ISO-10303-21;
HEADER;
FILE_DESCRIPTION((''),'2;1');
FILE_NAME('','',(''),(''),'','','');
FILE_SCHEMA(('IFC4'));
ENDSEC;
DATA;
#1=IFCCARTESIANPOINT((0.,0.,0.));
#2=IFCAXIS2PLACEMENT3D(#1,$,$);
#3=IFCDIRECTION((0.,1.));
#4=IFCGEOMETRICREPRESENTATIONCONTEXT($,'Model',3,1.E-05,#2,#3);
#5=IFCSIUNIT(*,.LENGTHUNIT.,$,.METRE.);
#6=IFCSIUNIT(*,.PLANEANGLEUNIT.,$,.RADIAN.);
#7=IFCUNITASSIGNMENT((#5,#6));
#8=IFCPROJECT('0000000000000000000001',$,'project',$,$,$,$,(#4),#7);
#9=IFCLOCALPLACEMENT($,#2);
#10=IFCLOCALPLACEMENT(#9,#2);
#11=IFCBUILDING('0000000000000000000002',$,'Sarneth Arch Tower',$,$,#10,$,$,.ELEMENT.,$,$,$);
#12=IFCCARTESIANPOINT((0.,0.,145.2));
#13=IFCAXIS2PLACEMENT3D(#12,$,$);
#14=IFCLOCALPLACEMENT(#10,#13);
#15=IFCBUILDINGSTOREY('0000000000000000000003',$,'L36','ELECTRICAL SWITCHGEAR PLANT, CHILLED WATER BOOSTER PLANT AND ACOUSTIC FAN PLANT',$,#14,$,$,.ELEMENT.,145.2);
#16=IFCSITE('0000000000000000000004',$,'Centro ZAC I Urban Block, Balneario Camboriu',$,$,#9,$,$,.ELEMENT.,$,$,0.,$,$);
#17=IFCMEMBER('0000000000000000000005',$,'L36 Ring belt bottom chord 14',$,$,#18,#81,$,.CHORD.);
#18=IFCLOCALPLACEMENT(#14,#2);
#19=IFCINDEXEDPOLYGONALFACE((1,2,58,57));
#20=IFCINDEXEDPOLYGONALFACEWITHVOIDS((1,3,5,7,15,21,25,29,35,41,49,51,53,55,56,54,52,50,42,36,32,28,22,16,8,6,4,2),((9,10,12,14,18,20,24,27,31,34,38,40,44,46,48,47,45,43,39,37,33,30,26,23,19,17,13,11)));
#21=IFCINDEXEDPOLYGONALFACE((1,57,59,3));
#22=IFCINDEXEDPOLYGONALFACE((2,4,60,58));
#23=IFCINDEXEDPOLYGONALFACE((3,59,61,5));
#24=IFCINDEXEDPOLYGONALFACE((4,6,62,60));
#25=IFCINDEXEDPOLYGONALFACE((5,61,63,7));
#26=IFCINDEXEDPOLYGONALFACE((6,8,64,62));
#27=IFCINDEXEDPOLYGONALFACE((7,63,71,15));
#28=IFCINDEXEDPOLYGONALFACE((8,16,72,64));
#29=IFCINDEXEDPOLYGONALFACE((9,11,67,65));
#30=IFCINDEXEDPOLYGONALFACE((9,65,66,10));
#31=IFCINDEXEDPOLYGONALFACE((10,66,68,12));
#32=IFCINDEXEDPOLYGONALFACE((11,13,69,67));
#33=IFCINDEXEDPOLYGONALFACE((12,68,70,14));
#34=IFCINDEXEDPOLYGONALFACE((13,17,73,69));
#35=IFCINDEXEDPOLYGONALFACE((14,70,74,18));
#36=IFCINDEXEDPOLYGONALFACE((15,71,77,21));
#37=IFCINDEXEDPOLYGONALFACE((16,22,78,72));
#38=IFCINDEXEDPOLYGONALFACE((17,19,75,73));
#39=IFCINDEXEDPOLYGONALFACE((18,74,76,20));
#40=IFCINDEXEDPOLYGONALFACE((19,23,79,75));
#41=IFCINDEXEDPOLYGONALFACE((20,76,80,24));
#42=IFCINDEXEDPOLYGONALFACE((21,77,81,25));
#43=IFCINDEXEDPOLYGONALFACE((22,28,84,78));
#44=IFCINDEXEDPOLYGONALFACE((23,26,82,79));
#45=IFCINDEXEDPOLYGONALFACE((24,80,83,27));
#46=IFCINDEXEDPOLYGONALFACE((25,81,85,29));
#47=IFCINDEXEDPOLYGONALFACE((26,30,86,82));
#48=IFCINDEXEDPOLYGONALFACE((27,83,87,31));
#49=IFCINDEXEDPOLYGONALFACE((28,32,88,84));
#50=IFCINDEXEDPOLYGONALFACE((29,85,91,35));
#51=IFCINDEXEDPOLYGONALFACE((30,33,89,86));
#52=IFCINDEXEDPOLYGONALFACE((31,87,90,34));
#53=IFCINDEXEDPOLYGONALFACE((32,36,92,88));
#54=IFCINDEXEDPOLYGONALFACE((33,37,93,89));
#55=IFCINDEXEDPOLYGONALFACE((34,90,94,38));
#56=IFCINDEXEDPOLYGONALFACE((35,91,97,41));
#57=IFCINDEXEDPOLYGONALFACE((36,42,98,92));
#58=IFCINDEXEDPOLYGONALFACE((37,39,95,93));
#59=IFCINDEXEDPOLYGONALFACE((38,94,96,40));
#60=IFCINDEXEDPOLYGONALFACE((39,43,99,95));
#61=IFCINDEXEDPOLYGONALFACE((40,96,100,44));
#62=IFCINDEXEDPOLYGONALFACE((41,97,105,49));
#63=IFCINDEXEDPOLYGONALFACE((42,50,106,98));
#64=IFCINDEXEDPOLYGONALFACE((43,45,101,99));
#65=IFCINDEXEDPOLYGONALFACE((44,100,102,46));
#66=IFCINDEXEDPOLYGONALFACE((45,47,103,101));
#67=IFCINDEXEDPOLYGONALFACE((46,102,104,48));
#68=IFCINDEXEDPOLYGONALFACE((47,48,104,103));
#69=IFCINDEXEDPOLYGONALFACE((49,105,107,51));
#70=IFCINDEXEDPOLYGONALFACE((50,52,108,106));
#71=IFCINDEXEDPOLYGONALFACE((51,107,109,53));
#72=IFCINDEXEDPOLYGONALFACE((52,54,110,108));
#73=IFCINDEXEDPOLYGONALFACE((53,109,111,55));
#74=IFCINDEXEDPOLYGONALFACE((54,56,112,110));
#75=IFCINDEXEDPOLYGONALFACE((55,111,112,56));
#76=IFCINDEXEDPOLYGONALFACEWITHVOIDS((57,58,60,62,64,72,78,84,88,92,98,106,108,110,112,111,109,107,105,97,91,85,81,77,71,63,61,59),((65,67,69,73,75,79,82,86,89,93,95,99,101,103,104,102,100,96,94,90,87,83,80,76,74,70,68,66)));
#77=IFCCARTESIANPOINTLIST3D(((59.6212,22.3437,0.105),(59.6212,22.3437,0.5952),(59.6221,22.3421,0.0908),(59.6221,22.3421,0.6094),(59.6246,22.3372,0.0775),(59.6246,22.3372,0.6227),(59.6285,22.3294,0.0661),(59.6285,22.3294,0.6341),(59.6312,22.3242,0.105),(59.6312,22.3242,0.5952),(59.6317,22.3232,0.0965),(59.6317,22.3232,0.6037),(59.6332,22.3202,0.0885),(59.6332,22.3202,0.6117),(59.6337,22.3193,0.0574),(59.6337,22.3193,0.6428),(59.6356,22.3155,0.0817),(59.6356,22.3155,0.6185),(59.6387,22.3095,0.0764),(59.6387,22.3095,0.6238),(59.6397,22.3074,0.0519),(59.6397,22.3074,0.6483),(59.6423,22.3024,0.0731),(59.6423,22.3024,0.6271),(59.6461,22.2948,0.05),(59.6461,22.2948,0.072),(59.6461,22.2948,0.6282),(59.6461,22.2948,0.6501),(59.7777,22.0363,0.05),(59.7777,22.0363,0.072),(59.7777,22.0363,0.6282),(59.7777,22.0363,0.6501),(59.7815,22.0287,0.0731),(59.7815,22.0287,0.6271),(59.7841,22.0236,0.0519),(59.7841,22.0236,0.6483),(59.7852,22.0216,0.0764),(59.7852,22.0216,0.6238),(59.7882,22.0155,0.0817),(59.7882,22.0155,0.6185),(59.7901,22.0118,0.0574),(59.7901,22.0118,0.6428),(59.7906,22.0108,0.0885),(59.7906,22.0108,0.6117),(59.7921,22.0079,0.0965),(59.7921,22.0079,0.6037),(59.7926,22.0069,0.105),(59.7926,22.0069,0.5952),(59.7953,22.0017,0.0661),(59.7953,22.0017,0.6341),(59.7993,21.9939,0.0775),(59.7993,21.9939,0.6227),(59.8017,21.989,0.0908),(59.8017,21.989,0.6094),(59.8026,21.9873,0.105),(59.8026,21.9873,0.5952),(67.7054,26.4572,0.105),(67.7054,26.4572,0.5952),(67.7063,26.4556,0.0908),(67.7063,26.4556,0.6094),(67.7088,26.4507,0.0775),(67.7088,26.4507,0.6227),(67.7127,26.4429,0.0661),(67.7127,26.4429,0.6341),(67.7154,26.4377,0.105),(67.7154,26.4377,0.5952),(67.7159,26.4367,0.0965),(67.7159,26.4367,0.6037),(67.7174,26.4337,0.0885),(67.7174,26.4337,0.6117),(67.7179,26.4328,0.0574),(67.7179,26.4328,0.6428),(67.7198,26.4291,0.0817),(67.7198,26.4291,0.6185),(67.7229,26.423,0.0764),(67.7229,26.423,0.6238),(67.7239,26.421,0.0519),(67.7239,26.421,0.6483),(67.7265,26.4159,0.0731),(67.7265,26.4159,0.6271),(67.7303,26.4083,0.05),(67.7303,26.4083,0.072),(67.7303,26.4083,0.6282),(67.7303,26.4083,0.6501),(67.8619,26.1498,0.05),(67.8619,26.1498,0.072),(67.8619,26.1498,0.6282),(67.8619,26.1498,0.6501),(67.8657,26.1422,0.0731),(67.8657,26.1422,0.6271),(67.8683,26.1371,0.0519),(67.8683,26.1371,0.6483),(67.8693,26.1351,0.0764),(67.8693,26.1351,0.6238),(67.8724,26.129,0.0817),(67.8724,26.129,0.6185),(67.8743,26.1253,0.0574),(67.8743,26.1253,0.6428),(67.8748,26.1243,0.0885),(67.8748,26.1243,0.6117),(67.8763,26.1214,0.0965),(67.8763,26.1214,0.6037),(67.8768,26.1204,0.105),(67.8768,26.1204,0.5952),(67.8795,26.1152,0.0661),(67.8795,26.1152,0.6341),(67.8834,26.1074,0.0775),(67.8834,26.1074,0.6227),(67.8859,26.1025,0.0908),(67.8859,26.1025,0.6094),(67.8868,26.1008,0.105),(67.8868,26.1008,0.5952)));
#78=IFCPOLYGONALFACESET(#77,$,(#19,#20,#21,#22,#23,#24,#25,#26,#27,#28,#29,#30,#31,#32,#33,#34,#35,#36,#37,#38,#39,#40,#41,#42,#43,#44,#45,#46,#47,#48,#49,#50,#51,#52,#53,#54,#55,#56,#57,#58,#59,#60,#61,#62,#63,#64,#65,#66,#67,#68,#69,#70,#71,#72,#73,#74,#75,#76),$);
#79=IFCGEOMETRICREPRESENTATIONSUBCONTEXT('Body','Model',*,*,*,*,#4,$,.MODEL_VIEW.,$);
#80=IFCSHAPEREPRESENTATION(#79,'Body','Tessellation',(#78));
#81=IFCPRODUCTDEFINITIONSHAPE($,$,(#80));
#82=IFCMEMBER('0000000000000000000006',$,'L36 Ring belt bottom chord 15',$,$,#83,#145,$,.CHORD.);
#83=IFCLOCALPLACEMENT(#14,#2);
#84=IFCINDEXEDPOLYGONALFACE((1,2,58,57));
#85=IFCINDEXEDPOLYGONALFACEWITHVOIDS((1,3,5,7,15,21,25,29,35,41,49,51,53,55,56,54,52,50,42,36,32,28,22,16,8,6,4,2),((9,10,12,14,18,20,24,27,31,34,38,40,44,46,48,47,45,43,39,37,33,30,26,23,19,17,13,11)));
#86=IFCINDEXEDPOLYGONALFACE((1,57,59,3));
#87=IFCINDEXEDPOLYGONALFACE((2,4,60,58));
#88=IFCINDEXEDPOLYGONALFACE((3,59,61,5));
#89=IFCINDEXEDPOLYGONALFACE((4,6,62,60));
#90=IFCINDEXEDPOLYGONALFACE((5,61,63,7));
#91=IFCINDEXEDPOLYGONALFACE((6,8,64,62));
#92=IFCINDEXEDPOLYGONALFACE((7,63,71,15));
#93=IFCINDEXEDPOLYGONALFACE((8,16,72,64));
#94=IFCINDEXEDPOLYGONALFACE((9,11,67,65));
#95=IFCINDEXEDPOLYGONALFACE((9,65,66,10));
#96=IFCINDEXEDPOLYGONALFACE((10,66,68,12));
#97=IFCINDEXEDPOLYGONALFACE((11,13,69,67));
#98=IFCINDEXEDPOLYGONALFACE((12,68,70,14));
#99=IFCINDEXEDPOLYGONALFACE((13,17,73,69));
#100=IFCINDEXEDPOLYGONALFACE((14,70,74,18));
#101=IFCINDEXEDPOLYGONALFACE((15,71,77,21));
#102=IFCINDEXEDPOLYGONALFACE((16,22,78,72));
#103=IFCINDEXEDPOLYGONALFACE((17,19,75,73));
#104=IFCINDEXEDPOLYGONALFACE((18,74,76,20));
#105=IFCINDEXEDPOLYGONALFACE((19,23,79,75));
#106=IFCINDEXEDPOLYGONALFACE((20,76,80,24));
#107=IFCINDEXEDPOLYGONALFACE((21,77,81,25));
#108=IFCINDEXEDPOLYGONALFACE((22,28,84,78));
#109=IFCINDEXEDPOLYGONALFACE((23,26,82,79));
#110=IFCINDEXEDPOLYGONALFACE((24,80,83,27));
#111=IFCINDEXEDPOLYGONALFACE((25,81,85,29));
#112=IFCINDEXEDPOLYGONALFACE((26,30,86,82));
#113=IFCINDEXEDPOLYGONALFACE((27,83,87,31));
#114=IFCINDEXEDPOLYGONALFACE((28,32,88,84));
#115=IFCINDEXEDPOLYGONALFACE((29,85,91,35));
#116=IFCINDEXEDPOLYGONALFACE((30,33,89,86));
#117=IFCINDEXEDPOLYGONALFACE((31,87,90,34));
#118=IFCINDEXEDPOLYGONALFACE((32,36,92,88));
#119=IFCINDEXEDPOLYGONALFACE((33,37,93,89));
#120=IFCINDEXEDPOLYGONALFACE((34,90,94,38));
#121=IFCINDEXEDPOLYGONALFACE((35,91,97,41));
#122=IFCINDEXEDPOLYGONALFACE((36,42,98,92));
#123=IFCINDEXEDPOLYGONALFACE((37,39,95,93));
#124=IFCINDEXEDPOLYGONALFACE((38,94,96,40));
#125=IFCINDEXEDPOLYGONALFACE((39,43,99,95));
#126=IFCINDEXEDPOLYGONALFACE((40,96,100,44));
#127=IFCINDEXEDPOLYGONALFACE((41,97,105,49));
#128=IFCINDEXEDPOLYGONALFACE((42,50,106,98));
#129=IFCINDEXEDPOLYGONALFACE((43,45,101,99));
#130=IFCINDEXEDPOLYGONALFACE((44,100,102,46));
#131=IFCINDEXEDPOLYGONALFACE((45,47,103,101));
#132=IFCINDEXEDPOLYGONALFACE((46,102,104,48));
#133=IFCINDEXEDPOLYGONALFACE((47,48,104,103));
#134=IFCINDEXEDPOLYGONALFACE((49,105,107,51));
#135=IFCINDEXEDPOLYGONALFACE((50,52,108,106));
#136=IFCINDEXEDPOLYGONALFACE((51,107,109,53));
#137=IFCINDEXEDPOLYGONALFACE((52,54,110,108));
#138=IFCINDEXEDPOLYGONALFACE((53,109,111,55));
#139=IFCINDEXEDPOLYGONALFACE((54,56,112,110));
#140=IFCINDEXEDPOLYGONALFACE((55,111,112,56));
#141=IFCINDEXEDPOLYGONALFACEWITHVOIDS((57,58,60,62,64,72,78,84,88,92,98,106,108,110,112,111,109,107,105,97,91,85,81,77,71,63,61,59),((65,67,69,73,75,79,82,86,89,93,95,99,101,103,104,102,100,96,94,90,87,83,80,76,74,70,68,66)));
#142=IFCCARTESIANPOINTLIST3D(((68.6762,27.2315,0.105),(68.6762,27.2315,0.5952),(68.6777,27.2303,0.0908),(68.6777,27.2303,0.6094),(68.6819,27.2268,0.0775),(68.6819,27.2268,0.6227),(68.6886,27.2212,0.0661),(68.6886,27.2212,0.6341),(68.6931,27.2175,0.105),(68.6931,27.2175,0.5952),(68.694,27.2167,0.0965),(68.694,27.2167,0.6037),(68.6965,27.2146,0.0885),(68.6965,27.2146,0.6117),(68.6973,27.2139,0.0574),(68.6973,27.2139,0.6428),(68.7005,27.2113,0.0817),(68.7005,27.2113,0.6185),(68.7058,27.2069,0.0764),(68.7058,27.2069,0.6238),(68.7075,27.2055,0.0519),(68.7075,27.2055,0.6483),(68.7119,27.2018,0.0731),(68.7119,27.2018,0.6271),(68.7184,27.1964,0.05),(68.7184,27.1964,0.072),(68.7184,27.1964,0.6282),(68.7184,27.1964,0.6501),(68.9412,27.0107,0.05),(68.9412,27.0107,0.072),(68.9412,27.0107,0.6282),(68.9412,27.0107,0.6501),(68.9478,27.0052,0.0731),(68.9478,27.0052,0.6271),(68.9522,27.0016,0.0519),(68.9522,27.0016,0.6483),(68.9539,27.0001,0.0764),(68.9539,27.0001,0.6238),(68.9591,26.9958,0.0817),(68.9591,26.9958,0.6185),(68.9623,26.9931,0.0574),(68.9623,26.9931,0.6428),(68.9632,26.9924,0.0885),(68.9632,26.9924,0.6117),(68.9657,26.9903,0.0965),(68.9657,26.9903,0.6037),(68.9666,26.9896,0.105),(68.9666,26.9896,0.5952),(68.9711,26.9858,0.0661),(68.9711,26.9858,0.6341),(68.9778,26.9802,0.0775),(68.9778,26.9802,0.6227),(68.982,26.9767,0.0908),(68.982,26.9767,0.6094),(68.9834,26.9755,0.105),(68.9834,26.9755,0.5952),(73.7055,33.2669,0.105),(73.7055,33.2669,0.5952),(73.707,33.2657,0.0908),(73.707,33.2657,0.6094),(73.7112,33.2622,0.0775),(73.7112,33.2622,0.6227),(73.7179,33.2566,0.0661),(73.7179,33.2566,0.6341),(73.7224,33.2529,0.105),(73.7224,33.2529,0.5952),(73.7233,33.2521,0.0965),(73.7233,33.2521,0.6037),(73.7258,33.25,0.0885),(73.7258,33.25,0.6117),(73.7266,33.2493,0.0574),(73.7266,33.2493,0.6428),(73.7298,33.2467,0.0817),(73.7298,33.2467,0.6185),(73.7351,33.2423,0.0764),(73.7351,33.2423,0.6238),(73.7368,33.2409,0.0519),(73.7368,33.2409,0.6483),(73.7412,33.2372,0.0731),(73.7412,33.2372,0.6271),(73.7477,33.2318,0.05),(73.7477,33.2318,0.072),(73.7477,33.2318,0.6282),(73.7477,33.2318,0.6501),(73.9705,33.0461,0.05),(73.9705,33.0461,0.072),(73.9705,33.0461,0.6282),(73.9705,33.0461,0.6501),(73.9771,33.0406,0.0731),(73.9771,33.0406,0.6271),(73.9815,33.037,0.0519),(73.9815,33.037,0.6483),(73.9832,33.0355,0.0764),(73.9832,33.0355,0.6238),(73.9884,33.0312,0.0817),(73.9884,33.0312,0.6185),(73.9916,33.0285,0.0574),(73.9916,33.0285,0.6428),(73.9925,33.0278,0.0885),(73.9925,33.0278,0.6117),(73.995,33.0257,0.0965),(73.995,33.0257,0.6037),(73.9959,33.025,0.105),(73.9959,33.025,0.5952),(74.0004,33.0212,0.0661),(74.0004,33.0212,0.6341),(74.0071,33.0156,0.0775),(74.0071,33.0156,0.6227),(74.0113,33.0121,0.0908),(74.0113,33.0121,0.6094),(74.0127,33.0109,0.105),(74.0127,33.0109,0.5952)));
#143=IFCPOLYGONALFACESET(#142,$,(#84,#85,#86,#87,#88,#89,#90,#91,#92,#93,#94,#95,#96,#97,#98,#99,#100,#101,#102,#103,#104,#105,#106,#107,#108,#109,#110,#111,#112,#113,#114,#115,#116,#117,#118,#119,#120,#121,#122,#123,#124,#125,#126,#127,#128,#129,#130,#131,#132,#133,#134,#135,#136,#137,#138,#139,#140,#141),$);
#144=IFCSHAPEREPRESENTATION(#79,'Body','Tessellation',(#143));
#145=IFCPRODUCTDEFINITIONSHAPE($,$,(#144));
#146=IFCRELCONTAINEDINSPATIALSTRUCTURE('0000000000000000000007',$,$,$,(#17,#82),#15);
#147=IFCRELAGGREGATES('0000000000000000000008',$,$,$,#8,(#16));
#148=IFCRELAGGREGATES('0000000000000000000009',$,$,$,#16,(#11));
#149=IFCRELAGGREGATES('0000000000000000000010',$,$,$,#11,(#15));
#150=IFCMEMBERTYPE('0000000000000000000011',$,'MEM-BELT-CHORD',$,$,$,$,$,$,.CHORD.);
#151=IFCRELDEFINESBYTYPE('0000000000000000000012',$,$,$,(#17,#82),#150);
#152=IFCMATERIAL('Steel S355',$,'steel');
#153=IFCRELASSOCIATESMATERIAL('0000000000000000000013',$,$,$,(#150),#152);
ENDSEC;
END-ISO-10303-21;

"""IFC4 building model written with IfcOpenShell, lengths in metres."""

from ifc_helpers import new_model, si_unit, direction, frame, origin, origin_2d, place, context, subcontext, project, spatial, hollow_rectangle, extrude, material, material_profile, profile_set, type_object, element, save


model = new_model("IFC4")

# Units and contexts
model_context = context("Model", 3, precision=1e-05, world=origin(), true_north=direction((0.0, 1.0)))
body_context = subcontext(model_context, "Body", "Model", "MODEL_VIEW")
ifc_project = project(units=[si_unit("LENGTHUNIT", "METRE"), si_unit("PLANEANGLEUNIT", "RADIAN")], contexts=[model_context])

# Site, building, storey
site_placement = place(None, origin())
site = spatial("IfcSite", under=ifc_project, at=site_placement, Name="Centro ZAC I Urban Block, Balneario Camboriu", CompositionType="ELEMENT", RefElevation=0.0)
building_placement = place(site_placement, origin())
building = spatial("IfcBuilding", under=site, at=building_placement, Name="Sarneth Arch Tower", CompositionType="ELEMENT")
storey_placement = place(building_placement, frame((0.0, 0.0, 145.2)))
storey = spatial("IfcBuildingStorey", under=building, at=storey_placement, Name="L36", Description="ELECTRICAL SWITCHGEAR PLANT, CHILLED WATER BOOSTER PLANT AND ACOUSTIC FAN PLANT", CompositionType="ELEMENT", Elevation=145.2)

# Members
ifc_material_1 = material(Name="Steel S355", Category="steel")
ifc_material_profile_1 = material_profile(ifc_material_1, hollow_rectangle(XDim=0.3999, YDim=0.6001, WallThickness=0.022, InnerFilletRadius=0.033, OuterFilletRadius=0.0549, at=origin_2d()), Name="RHS600x400x22")
ifc_profile_set_1 = profile_set([ifc_material_profile_1], Name="Steel S355")
member_type_1 = type_object("IfcMemberType", Name="MEM-BELT-CHORD", PredefinedType="CHORD", material=ifc_profile_set_1)
member_1_placement = place(storey_placement, frame((59.7119, 22.1655, 0.3501), z_axis=(0.891256, 0.453501, 0.0), x_axis=(-0.453501, 0.891256, 0.0)))
element("IfcMember", 1, at=member_1_placement, inside=storey, type_object=member_type_1, Name="L36 Ring belt bottom chord 14", PredefinedType="CHORD", context=body_context, shape_type="SweptSolid", body=[
    extrude(hollow_rectangle(XDim=0.3999, YDim=0.6001, WallThickness=0.022, InnerFilletRadius=0.033, OuterFilletRadius=0.0549, at=origin_2d()), origin(), (0.0, 0.0, 1.0), 9.0706),
])
member_2_placement = place(storey_placement, frame((68.8298, 27.1035, 0.3501), z_axis=(0.640169, 0.768234, 0.0), x_axis=(-0.768234, 0.640169, 0.0)))
element("IfcMember", 2, at=member_2_placement, inside=storey, type_object=member_type_1, Name="L36 Ring belt bottom chord 15", PredefinedType="CHORD", context=body_context, shape_type="SweptSolid", body=[
    extrude(hollow_rectangle(XDim=0.3999, YDim=0.6001, WallThickness=0.022, InnerFilletRadius=0.033, OuterFilletRadius=0.0549, at=origin_2d()), origin(), (0.0, 0.0, 1.0), 7.8562),
])

save(model, "model.ifc")
